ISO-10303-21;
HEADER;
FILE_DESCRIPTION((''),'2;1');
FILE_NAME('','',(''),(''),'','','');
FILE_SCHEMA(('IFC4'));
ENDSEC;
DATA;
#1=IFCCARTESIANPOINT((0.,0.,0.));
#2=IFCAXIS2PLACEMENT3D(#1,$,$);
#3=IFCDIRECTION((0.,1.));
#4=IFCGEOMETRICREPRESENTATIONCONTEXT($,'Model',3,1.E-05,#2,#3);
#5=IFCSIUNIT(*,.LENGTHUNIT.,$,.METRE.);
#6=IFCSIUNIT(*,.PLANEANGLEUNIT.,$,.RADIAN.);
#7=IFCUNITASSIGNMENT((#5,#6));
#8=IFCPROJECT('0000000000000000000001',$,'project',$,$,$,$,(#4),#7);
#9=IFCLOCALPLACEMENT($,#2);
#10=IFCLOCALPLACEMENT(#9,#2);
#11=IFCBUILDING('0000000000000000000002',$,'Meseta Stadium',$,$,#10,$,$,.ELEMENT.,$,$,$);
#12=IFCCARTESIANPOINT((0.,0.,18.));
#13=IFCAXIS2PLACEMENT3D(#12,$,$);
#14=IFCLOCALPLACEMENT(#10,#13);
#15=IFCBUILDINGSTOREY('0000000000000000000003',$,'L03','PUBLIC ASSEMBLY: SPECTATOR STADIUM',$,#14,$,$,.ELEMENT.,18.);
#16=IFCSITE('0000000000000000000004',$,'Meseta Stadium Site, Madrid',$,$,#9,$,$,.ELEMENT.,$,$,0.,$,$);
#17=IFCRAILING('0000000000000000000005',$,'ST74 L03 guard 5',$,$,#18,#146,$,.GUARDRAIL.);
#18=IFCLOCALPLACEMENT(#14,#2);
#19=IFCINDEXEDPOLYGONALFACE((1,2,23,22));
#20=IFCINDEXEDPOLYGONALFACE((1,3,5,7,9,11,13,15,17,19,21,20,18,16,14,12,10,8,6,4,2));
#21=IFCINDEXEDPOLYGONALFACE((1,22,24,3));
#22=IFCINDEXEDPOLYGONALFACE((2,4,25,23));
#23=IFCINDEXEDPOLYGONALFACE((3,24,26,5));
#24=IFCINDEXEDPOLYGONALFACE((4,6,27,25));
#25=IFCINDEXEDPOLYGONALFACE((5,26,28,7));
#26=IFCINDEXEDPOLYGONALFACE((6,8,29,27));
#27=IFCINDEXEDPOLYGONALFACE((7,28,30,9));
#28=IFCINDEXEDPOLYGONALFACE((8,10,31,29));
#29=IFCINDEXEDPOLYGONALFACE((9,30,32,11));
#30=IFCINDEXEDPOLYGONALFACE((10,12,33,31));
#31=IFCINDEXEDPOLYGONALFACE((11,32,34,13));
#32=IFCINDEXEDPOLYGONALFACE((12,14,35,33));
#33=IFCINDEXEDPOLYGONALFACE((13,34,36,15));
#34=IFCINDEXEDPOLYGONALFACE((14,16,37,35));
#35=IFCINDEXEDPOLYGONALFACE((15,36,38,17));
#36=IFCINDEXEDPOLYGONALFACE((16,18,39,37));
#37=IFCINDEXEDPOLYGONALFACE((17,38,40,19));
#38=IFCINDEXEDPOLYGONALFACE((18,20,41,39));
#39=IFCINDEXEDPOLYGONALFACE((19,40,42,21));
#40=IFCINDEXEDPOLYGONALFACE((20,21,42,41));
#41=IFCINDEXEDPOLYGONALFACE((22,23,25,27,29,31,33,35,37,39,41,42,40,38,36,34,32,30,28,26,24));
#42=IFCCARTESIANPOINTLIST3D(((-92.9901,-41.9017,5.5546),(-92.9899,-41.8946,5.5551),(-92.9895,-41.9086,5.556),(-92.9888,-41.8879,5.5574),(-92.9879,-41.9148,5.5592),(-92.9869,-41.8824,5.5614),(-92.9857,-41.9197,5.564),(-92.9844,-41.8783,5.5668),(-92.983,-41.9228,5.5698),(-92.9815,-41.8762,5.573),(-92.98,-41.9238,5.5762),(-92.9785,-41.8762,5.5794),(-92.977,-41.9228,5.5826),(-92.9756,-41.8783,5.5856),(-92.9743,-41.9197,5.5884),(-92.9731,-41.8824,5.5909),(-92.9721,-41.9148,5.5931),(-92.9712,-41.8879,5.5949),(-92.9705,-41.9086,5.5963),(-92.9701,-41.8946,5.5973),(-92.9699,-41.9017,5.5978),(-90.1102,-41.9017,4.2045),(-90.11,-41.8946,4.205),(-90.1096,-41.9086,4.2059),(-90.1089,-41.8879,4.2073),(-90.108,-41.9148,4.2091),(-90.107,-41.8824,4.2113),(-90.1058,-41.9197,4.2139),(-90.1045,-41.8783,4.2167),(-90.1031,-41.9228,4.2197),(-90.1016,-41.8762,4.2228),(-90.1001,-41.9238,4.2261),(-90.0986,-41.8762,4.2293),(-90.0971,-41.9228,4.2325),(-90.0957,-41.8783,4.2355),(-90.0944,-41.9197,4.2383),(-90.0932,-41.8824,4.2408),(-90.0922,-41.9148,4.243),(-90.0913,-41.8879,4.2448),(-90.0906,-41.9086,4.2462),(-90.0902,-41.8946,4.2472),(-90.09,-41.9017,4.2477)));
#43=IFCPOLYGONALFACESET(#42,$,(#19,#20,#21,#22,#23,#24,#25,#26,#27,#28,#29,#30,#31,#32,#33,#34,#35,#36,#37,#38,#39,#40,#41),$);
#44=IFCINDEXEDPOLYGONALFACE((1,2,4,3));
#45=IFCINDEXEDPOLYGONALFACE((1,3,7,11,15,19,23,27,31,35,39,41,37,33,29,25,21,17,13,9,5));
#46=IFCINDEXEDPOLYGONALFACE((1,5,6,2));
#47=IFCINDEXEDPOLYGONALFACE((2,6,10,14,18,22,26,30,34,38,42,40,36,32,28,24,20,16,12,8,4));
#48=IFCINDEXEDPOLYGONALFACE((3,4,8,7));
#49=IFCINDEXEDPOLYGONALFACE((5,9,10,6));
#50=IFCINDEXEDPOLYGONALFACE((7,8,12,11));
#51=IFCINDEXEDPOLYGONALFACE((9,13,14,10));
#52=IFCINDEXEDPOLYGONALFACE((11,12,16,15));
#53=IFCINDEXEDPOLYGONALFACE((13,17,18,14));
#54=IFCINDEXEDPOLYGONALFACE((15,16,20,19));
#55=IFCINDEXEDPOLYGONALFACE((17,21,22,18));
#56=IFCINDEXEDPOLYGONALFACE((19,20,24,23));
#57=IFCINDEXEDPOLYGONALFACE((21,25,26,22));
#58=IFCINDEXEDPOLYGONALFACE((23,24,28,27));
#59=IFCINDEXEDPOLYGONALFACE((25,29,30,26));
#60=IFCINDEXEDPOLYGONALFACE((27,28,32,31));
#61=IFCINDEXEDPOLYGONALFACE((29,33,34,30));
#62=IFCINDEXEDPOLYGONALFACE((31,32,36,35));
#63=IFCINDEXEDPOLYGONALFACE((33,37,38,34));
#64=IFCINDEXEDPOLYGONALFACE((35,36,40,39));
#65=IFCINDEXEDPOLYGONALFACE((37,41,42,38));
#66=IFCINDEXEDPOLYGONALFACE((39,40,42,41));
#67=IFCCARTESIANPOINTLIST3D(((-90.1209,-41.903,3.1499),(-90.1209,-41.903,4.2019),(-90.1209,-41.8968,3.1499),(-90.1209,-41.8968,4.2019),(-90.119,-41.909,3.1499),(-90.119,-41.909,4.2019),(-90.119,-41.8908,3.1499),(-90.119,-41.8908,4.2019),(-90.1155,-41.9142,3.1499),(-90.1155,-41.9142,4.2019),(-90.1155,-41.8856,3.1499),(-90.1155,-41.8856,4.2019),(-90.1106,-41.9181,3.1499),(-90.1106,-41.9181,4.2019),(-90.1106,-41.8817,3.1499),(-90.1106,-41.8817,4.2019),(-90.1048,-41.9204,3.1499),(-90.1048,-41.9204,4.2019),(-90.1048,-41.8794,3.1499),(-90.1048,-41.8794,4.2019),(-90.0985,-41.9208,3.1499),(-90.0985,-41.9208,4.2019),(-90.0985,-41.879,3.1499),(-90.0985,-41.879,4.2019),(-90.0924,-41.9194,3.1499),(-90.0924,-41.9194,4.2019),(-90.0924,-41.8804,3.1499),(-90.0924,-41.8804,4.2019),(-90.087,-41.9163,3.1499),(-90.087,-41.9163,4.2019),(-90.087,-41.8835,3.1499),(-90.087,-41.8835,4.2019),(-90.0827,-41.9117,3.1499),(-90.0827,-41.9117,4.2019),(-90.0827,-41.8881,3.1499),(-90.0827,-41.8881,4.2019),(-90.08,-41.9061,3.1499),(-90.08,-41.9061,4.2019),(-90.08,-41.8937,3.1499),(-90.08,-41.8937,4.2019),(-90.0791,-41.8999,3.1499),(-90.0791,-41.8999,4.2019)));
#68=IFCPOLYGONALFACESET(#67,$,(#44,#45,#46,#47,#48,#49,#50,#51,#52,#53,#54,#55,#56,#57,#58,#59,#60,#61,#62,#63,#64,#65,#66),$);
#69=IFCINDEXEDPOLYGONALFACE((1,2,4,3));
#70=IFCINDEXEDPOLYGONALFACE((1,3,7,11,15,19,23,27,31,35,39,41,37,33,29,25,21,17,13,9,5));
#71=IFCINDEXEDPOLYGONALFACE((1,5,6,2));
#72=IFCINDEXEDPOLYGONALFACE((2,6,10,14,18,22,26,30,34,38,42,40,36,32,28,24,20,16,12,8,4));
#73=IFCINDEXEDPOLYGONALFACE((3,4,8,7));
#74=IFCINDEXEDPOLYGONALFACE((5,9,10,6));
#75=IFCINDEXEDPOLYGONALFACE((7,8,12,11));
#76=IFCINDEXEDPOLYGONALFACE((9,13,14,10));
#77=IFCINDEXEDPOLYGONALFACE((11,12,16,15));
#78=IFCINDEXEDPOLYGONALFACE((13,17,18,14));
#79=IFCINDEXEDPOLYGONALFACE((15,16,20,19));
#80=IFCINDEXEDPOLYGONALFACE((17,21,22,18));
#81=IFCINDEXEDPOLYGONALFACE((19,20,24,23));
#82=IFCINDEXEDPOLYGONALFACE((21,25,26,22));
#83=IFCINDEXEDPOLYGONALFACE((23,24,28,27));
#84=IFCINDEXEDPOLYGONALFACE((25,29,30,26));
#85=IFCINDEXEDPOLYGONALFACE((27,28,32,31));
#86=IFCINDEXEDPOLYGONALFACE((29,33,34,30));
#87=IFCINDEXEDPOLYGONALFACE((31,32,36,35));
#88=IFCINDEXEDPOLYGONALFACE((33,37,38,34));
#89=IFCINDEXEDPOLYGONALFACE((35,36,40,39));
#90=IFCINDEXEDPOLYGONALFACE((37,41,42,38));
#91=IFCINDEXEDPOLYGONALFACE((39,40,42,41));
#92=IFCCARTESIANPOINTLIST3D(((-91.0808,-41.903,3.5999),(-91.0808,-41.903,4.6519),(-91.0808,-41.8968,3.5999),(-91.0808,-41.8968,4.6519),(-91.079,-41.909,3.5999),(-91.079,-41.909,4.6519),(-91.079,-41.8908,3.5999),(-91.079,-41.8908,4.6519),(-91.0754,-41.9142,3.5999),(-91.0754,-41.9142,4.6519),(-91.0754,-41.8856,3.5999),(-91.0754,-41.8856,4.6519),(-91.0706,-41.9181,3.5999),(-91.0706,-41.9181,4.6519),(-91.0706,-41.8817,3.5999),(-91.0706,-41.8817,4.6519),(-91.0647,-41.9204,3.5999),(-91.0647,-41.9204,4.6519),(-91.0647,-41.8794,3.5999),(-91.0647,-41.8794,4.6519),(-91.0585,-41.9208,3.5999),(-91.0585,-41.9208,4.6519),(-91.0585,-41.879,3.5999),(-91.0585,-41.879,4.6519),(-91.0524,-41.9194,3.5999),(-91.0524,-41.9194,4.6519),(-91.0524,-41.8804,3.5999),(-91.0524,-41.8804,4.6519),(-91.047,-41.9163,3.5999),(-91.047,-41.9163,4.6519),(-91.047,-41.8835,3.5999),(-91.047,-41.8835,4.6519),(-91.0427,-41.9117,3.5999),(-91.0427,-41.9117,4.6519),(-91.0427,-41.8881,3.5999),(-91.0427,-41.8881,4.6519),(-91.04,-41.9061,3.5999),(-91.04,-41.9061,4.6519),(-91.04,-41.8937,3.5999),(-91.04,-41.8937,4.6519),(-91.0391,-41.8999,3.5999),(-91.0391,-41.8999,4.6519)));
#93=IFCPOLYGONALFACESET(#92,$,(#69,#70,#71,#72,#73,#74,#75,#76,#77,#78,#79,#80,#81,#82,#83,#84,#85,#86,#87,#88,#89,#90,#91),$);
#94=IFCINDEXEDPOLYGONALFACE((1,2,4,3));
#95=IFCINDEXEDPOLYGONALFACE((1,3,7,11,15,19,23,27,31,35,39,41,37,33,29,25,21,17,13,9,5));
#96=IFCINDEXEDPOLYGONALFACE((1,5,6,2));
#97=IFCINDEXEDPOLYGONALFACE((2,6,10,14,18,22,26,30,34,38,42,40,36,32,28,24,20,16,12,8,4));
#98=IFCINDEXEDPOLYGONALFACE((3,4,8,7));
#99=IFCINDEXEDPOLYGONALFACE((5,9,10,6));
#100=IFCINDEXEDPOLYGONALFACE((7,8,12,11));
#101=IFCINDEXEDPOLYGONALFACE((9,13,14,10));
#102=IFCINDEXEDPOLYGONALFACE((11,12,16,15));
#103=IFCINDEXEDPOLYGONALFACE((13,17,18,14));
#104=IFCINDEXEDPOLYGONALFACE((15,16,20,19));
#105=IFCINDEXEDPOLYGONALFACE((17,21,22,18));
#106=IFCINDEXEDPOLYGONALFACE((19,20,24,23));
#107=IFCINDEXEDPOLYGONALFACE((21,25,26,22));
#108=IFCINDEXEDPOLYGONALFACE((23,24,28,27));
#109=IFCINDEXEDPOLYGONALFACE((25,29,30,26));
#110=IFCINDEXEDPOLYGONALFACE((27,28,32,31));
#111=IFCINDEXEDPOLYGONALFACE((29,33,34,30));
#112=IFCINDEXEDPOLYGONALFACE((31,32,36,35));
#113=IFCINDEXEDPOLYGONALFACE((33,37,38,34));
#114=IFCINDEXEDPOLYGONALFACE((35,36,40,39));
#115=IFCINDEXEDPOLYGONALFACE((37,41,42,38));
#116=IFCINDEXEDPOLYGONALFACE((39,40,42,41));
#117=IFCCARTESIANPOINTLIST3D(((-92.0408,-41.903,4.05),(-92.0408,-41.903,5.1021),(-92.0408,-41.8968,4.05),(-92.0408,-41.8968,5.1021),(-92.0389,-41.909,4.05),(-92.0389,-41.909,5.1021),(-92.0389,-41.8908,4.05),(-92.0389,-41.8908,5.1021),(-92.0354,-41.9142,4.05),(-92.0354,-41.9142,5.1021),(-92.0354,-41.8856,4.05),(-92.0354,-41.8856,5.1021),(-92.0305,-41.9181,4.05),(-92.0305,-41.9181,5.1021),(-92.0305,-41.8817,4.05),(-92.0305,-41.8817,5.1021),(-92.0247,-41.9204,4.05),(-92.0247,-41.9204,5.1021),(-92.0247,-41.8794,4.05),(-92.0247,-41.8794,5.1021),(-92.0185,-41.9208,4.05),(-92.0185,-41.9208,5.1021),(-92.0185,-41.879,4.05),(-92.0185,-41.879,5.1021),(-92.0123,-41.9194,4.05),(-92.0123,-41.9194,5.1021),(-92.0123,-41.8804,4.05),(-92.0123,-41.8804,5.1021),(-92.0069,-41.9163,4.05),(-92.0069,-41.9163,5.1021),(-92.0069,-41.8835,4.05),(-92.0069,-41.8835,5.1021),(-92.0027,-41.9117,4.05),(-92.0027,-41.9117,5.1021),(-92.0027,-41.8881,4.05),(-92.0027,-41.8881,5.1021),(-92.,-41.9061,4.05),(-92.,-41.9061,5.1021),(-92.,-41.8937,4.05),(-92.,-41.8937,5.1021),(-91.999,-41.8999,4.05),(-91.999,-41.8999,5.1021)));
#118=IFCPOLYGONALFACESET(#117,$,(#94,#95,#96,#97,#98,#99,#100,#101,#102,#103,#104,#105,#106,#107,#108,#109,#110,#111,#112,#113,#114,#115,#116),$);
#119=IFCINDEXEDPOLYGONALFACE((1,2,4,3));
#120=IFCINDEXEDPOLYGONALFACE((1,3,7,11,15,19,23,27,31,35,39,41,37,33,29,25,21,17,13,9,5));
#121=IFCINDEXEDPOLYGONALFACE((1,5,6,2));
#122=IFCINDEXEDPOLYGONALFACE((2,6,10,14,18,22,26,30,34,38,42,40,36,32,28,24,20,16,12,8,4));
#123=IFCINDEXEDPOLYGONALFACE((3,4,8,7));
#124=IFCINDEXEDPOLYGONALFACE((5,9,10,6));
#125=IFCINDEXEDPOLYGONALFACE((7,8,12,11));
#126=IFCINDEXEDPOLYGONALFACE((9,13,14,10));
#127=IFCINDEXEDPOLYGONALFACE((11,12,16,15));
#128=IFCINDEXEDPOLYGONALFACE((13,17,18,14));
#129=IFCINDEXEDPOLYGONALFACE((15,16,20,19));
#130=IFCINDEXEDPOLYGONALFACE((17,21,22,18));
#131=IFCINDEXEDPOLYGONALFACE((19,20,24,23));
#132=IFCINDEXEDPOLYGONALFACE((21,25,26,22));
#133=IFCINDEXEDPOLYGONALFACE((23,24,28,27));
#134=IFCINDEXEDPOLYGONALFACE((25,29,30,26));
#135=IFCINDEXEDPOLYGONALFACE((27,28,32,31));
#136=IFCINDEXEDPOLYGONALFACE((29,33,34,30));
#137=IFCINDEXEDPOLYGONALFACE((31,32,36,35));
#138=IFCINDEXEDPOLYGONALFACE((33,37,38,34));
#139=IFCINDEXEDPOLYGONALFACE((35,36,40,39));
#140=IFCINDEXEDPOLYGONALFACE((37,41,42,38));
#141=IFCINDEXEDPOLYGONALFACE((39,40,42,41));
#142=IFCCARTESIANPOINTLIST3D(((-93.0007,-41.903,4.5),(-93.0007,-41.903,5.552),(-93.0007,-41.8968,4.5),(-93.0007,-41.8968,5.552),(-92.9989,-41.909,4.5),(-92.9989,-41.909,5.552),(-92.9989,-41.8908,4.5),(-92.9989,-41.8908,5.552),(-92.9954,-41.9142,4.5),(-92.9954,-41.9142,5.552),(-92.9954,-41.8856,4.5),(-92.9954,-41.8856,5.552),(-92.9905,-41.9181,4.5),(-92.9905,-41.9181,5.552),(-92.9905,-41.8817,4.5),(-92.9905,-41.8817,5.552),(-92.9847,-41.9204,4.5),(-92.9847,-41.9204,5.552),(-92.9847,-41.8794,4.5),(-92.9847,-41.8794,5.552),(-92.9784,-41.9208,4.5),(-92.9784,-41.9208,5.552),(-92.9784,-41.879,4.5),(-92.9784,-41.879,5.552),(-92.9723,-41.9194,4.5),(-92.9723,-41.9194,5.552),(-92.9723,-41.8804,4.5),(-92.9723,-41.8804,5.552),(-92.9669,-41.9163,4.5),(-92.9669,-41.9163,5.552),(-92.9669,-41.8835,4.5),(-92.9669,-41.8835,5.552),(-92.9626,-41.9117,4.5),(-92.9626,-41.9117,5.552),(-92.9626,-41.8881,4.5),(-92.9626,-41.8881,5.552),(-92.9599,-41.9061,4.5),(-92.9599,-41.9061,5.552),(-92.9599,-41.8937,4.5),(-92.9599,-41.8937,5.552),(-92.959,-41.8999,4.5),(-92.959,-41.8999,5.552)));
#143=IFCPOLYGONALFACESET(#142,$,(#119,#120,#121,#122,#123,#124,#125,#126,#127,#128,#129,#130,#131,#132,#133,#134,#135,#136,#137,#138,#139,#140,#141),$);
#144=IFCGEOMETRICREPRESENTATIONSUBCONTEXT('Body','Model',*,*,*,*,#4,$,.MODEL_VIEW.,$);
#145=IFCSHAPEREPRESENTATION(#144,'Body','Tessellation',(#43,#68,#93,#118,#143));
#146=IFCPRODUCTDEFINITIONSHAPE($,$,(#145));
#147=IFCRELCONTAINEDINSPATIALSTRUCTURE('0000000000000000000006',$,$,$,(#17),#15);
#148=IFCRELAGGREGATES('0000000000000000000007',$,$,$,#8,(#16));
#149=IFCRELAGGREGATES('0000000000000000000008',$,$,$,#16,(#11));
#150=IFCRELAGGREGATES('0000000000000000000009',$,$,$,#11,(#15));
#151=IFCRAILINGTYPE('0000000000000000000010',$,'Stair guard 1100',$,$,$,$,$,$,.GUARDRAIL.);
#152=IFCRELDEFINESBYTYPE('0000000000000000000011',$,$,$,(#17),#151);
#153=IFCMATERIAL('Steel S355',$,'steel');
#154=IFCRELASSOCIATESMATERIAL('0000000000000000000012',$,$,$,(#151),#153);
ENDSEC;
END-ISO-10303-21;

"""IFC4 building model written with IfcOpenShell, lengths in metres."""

from ifc_helpers import new_model, si_unit, direction, frame, origin, origin_2d, place, context, subcontext, project, spatial, circle, extrude, material, type_object, element, save


model = new_model("IFC4")

# Units and contexts
model_context = context("Model", 3, precision=1e-05, world=origin(), true_north=direction((0.0, 1.0)))
body_context = subcontext(model_context, "Body", "Model", "MODEL_VIEW")
ifc_project = project(units=[si_unit("LENGTHUNIT", "METRE"), si_unit("PLANEANGLEUNIT", "RADIAN")], contexts=[model_context])

# Site, building, storey
site_placement = place(None, origin())
site = spatial("IfcSite", under=ifc_project, at=site_placement, Name="Meseta Stadium Site, Madrid", CompositionType="ELEMENT", RefElevation=0.0)
building_placement = place(site_placement, origin())
building = spatial("IfcBuilding", under=site, at=building_placement, Name="Meseta Stadium", CompositionType="ELEMENT")
storey_placement = place(building_placement, frame((0.0, 0.0, 18.0)))
storey = spatial("IfcBuildingStorey", under=building, at=storey_placement, Name="L03", Description="PUBLIC ASSEMBLY: SPECTATOR STADIUM", CompositionType="ELEMENT", Elevation=18.0)

# Railing
ifc_material_1 = material(Name="Steel S355", Category="steel")
railing_type_1 = type_object("IfcRailingType", Name="Stair guard 1100", PredefinedType="GUARDRAIL", material=ifc_material_1)
railing_1_placement = place(storey_placement, frame((-90.1001, -41.8999, 3.1499)))
element("IfcRailing", 1, at=railing_1_placement, inside=storey, type_object=railing_type_1, Name="ST74 L03 guard 5", PredefinedType="GUARDRAIL", context=body_context, shape_type="SweptSolid", body=[
    extrude(circle(Radius=0.0239, at=origin_2d()), frame((0.0, 0.0, 1.0762), z_axis=(-0.90544, 0.0, 0.424473), x_axis=(0.0, -1.0, 0.0)), (0.0, 0.0, 1.0), 3.1807),
    extrude(circle(Radius=0.021, at=origin_2d()), origin(), (0.0, 0.0, 1.0), 1.052),
    extrude(circle(Radius=0.021, at=origin_2d()), frame((-0.96, 0.0, 0.45)), (0.0, 0.0, 1.0), 1.052),
    extrude(circle(Radius=0.021, at=origin_2d()), frame((-1.9199, 0.0, 0.9001)), (0.0, 0.0, 1.0), 1.052),
    extrude(circle(Radius=0.021, at=origin_2d()), frame((-2.8799, 0.0, 1.3501)), (0.0, 0.0, 1.0), 1.052),
])

save(model, "model.ifc")
